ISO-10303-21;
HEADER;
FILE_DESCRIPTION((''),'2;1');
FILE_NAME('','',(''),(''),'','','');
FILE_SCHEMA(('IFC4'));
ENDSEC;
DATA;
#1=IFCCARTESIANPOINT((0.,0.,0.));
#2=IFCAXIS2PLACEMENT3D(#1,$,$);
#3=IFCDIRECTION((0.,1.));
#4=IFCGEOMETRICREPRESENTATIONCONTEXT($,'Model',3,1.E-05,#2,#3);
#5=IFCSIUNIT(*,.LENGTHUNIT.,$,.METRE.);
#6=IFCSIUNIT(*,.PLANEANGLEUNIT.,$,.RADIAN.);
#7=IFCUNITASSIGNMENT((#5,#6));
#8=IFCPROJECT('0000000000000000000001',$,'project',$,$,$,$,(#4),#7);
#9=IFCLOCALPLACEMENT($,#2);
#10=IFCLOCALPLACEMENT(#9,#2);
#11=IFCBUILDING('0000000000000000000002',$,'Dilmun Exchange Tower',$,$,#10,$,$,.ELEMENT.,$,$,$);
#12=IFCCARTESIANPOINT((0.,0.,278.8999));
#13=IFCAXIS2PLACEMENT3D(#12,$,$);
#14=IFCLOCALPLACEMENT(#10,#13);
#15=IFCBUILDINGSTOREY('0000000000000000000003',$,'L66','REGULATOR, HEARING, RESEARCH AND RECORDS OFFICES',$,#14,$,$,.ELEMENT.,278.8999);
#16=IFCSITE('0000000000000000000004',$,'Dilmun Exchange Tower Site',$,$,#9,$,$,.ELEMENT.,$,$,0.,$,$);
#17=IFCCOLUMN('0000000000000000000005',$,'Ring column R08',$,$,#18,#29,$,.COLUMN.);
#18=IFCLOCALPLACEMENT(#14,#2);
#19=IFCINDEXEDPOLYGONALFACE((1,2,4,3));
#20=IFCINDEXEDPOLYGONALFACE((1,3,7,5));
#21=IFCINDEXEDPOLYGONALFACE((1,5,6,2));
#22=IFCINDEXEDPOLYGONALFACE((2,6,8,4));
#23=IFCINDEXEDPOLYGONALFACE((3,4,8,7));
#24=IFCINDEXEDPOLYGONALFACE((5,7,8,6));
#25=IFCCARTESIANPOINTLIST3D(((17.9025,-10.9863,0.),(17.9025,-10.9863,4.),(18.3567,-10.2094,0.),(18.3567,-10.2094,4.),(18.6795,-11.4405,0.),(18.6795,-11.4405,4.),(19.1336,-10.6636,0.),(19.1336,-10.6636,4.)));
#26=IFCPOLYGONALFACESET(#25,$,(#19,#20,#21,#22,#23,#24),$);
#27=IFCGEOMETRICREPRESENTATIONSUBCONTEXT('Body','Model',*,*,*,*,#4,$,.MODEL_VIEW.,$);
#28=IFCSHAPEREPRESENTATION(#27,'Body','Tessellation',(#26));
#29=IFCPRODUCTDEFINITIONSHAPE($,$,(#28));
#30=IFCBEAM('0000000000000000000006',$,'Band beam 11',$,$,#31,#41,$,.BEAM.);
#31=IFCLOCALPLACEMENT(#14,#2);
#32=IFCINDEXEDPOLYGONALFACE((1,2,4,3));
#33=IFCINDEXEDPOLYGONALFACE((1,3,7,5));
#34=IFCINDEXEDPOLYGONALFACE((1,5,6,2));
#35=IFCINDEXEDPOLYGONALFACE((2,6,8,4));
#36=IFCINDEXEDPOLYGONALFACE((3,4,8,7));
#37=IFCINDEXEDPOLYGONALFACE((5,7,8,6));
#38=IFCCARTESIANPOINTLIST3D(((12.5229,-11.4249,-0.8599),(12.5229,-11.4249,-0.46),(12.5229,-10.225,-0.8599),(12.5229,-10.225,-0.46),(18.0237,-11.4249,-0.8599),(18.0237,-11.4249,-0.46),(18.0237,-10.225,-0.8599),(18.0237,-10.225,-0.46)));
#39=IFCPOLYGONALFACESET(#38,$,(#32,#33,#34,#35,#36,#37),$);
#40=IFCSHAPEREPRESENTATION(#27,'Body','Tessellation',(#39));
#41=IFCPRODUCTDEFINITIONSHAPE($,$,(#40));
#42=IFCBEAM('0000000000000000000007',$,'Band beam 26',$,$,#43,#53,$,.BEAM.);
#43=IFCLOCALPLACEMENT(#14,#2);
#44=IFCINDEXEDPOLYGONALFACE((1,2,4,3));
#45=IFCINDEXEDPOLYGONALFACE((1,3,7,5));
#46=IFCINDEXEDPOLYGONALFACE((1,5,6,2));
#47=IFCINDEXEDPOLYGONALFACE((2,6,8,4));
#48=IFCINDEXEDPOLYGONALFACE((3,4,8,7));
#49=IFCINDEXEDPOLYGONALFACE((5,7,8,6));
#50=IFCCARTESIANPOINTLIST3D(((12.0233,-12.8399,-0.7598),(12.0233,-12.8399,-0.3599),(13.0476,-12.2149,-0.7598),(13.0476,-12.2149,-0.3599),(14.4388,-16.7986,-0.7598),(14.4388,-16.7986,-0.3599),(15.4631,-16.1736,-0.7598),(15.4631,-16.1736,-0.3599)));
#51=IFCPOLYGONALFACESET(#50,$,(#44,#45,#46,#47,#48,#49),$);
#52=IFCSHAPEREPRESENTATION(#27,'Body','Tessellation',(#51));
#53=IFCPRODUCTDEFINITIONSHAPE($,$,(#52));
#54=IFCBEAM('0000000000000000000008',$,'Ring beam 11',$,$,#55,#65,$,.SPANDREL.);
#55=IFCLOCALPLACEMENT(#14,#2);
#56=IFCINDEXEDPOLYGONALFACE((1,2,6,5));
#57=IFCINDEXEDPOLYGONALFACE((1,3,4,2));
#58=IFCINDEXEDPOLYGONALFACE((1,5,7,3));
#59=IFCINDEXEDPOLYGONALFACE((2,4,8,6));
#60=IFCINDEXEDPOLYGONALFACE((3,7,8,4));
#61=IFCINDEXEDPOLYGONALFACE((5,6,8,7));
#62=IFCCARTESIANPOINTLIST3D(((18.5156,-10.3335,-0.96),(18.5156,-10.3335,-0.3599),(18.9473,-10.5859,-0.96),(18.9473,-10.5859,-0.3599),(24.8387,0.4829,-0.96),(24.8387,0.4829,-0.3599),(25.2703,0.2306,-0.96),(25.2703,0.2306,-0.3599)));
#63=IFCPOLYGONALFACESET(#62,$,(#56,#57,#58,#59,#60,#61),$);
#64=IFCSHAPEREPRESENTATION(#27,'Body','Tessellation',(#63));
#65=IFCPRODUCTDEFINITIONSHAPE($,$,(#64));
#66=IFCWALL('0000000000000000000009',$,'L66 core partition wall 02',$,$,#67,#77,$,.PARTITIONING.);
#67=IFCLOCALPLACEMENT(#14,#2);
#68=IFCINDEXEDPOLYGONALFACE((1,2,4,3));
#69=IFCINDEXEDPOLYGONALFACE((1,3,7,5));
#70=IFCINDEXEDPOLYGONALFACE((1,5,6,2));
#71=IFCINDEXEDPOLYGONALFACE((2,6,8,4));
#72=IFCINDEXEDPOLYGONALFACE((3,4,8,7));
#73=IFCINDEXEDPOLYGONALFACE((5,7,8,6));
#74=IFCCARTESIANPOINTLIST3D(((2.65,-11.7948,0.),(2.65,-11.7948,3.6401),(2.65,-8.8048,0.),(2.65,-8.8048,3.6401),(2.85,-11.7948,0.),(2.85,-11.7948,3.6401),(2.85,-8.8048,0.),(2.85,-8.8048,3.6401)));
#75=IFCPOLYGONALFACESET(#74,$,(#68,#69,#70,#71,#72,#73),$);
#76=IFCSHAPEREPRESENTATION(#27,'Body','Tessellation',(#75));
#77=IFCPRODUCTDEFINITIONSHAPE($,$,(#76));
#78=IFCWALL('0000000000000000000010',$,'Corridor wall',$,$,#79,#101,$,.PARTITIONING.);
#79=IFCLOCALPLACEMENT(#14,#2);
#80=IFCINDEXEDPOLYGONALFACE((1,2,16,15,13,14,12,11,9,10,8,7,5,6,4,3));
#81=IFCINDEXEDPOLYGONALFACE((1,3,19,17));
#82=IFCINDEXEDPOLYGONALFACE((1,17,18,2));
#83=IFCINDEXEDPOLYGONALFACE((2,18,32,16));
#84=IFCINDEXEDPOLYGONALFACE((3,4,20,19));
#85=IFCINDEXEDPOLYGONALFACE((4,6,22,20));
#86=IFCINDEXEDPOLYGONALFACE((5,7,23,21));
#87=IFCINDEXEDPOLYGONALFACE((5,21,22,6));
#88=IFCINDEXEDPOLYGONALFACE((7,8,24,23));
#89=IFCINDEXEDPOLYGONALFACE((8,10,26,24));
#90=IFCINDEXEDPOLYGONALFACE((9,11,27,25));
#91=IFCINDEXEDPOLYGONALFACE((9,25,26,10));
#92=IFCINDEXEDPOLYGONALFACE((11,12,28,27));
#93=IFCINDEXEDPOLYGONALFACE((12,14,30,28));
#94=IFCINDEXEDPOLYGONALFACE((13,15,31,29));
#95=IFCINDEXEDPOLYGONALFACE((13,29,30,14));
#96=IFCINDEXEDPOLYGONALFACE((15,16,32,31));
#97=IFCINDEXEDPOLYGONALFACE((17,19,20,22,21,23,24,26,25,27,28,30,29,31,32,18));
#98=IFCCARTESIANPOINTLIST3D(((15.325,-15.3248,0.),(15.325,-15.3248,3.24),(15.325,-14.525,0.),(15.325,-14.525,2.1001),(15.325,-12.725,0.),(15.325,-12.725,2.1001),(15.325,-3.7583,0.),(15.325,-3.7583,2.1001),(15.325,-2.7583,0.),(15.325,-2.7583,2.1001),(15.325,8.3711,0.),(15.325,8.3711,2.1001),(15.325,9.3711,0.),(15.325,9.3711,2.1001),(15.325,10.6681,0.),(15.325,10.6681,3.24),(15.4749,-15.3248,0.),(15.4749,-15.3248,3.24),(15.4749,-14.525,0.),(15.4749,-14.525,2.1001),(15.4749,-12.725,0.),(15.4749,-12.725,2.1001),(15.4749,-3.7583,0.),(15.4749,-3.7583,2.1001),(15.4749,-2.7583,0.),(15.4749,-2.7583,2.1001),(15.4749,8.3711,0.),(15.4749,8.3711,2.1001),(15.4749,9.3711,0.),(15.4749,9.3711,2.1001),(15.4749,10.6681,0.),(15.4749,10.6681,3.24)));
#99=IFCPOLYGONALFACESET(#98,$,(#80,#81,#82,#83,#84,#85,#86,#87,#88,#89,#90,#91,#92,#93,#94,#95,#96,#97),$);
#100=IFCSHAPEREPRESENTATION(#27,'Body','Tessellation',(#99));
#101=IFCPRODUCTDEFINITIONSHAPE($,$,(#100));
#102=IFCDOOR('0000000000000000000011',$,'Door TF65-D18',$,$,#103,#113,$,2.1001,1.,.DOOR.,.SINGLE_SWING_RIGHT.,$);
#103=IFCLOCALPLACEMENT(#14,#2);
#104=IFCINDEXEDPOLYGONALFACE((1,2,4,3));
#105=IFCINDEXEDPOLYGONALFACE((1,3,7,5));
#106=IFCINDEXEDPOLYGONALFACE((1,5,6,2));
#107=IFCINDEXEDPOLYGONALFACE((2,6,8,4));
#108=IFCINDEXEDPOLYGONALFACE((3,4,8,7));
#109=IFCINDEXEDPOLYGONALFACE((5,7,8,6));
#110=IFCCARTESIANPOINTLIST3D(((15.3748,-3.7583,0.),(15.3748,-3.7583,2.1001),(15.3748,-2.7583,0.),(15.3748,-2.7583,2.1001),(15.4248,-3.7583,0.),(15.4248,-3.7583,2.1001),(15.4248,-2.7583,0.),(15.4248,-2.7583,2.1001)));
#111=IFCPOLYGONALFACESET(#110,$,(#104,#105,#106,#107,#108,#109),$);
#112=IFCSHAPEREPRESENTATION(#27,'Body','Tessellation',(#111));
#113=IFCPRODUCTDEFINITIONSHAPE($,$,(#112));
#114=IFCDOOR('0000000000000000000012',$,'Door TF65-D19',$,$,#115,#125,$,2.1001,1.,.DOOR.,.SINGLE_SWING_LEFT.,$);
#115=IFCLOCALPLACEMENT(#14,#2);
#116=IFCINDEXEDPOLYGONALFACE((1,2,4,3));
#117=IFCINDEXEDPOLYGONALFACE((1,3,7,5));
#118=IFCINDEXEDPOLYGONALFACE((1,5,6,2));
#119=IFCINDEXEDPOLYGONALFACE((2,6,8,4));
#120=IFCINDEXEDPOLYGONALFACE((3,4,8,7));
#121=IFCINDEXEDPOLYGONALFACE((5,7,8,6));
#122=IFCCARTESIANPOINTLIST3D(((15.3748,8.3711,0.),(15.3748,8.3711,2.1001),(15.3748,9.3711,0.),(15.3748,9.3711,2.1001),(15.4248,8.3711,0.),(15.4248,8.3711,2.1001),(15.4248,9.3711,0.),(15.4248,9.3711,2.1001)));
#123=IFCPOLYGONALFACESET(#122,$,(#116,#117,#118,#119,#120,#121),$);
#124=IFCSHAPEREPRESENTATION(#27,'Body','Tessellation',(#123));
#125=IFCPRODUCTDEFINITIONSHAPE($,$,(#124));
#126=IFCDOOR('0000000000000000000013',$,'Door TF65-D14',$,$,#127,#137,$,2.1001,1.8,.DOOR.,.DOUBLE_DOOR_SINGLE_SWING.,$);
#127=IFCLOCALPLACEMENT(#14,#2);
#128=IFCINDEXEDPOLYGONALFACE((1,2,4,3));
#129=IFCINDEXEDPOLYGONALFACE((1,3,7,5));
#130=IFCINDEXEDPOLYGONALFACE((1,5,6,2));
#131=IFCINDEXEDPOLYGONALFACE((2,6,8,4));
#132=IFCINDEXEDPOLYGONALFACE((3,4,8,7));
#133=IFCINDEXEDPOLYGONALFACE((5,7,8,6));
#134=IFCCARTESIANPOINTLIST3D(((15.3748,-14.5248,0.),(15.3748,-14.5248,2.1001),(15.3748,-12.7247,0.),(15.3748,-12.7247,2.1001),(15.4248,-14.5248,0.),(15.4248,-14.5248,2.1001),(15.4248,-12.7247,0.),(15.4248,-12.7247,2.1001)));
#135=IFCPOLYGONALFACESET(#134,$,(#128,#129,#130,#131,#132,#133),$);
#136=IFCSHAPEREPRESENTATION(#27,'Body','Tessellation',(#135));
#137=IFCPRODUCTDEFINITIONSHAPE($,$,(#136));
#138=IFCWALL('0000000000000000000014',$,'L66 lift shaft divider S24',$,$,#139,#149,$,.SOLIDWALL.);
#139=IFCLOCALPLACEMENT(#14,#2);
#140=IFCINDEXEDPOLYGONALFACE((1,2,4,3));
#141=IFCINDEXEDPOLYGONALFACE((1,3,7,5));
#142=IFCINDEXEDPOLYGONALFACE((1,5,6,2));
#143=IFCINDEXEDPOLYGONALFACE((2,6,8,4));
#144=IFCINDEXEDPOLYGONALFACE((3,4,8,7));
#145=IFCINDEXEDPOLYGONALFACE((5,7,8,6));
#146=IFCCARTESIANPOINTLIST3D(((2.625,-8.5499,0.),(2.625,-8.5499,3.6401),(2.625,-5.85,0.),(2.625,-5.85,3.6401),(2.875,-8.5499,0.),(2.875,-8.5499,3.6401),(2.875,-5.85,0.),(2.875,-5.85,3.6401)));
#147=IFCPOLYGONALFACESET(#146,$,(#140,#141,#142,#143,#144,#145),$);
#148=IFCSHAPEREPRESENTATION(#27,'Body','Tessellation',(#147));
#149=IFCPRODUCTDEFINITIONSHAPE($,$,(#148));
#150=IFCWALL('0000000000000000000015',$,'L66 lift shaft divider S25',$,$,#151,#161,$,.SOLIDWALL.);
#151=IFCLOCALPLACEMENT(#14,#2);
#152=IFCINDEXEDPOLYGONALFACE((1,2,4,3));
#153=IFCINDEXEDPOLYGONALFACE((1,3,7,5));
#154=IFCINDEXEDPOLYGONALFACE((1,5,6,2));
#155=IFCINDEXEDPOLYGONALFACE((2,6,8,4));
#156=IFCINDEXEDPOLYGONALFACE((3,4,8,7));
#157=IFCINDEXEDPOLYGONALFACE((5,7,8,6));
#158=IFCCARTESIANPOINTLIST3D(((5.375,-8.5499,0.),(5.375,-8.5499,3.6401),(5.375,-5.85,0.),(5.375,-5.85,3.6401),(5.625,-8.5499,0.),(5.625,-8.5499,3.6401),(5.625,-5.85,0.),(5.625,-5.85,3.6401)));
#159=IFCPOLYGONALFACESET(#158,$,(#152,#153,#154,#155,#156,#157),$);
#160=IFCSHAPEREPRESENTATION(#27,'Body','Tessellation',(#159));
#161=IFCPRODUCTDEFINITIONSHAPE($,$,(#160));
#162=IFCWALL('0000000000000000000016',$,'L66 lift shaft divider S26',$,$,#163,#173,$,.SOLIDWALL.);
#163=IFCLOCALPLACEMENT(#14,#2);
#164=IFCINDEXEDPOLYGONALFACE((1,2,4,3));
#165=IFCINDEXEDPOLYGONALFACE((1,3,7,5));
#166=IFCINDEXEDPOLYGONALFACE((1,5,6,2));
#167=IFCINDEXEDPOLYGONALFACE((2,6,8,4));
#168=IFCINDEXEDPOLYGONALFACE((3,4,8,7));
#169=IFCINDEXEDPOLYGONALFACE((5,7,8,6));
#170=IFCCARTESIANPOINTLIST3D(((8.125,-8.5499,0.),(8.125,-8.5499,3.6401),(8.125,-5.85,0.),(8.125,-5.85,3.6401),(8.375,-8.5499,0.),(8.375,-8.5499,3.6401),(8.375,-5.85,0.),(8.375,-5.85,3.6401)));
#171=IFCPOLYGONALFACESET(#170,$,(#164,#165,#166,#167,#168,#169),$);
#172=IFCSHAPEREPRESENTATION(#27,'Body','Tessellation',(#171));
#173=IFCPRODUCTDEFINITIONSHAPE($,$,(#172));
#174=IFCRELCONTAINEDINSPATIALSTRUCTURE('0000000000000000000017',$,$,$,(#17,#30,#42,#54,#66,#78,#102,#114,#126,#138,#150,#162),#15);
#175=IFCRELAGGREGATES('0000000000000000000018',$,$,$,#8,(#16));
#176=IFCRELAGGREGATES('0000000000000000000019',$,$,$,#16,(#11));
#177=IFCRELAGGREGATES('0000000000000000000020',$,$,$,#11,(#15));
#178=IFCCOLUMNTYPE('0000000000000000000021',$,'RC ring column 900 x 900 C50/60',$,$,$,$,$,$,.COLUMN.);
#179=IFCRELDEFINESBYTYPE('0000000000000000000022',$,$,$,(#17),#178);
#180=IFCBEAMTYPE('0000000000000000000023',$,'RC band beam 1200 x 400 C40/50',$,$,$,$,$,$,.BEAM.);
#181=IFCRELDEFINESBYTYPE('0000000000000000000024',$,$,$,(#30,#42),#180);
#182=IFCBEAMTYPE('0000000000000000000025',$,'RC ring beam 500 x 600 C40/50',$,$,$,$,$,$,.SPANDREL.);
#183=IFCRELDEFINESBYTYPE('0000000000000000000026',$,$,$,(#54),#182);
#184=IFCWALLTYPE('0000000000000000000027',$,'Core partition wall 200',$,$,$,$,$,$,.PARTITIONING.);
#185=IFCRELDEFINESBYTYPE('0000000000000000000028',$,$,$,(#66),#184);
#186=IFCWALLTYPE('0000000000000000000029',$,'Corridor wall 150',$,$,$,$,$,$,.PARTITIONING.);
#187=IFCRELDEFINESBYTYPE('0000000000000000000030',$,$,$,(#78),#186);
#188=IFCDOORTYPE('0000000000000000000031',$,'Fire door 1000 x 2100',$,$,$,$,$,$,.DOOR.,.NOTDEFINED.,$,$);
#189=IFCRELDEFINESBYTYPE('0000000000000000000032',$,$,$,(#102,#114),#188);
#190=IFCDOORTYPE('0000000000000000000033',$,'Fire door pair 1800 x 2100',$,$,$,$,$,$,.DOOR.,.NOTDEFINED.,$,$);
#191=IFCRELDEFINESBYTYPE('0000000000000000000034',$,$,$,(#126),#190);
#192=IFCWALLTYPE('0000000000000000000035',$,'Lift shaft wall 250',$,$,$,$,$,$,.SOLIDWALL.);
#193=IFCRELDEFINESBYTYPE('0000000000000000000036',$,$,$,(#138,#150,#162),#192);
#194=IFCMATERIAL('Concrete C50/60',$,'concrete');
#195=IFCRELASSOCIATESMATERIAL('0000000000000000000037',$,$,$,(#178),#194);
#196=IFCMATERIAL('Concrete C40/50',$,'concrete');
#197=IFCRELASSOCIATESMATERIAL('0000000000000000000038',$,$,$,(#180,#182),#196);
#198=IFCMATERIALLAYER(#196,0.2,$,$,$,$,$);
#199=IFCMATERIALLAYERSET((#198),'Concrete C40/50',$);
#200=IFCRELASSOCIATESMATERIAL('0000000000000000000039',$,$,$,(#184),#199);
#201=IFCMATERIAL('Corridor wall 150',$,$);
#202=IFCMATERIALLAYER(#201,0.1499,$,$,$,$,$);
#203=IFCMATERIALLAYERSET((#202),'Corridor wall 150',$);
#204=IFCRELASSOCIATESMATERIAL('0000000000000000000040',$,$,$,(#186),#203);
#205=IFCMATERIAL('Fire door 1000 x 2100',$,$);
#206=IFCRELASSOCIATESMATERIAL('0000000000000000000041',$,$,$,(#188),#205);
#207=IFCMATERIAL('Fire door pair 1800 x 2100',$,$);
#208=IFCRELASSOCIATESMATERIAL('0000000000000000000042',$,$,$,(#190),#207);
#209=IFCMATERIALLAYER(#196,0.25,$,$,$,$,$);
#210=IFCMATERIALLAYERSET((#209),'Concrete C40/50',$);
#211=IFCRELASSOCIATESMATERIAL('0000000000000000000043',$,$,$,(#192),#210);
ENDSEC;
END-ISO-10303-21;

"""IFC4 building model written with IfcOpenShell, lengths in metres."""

from ifc_helpers import new_model, si_unit, direction, frame, frame_2d, origin, origin_2d, place, context, subcontext, project, spatial, rectangle, extrude, material, layer, layer_set, material_profile, profile_set, type_object, element, fill, save


model = new_model("IFC4")

# Units and contexts
model_context = context("Model", 3, precision=1e-05, world=origin(), true_north=direction((0.0, 1.0)))
body_context = subcontext(model_context, "Body", "Model", "MODEL_VIEW")
ifc_project = project(units=[si_unit("LENGTHUNIT", "METRE"), si_unit("PLANEANGLEUNIT", "RADIAN")], contexts=[model_context])

# Site, building, storey
site_placement = place(None, origin())
site = spatial("IfcSite", under=ifc_project, at=site_placement, Name="Dilmun Exchange Tower Site", CompositionType="ELEMENT", RefElevation=0.0)
building_placement = place(site_placement, origin())
building = spatial("IfcBuilding", under=site, at=building_placement, Name="Dilmun Exchange Tower", CompositionType="ELEMENT")
storey_placement = place(building_placement, frame((0.0, 0.0, 278.8999)))
storey = spatial("IfcBuildingStorey", under=building, at=storey_placement, Name="L66", Description="REGULATOR, HEARING, RESEARCH AND RECORDS OFFICES", CompositionType="ELEMENT", Elevation=278.8999)

# Column
ifc_material_1 = material(Name="Concrete C50/60", Category="concrete")
ifc_material_profile_1 = material_profile(ifc_material_1, rectangle(XDim=0.8999, YDim=0.8999, at=origin_2d()), Name="900 x 900")
ifc_profile_set_1 = profile_set([ifc_material_profile_1], Name="Concrete C50/60")
column_type = type_object("IfcColumnType", Name="RC ring column 900 x 900 C50/60", PredefinedType="COLUMN", material=ifc_profile_set_1)
column_placement = place(storey_placement, frame((18.5181, -10.825, 0.0), z_axis=(0.0, 0.0, 1.0), x_axis=(0.504644, 0.863328, 0.0)))
element("IfcColumn", 1, at=column_placement, inside=storey, type_object=column_type, Name="Ring column R08", PredefinedType="COLUMN", context=body_context, shape_type="SweptSolid", body=[
    extrude(rectangle(XDim=0.8999, YDim=0.8999, at=origin_2d()), origin(), (0.0, 0.0, 1.0), 4.0),
])

# Beams
ifc_material_2 = material(Name="Concrete C40/50", Category="concrete")
ifc_material_profile_2 = material_profile(ifc_material_2, rectangle(XDim=1.2, YDim=0.3999, at=origin_2d()), Name="1200 x 400")
ifc_profile_set_2 = profile_set([ifc_material_profile_2], Name="Concrete C40/50")
beam_type_1 = type_object("IfcBeamType", Name="RC band beam 1200 x 400 C40/50", PredefinedType="BEAM", material=ifc_profile_set_2)
beam_1_placement = place(storey_placement, frame((18.0237, -10.825, -0.6599), z_axis=(-1.0, 0.0, 0.0), x_axis=(0.0, -1.0, 0.0)))
element("IfcBeam", 2, at=beam_1_placement, inside=storey, type_object=beam_type_1, Name="Band beam 11", PredefinedType="BEAM", context=body_context, shape_type="SweptSolid", body=[
    extrude(rectangle(XDim=1.2, YDim=0.3999, at=origin_2d()), origin(), (0.0, 0.0, 1.0), 5.5007),
])
beam_2_placement = place(storey_placement, frame((14.9509, -16.4861, -0.5598), z_axis=(-0.520869, 0.853637, 0.0), x_axis=(-0.853637, -0.520869, 0.0)))
element("IfcBeam", 3, at=beam_2_placement, inside=storey, type_object=beam_type_1, Name="Band beam 26", PredefinedType="BEAM", context=body_context, shape_type="SweptSolid", body=[
    extrude(rectangle(XDim=1.2, YDim=0.3999, at=origin_2d()), origin(), (0.0, 0.0, 1.0), 4.6375),
])
ifc_material_profile_3 = material_profile(ifc_material_2, rectangle(XDim=0.5, YDim=0.6001, at=origin_2d()), Name="500 x 600")
ifc_profile_set_3 = profile_set([ifc_material_profile_3], Name="Concrete C40/50")
beam_type_2 = type_object("IfcBeamType", Name="RC ring beam 500 x 600 C40/50", PredefinedType="SPANDREL", material=ifc_profile_set_3)
beam_3_placement = place(storey_placement, frame((18.7314, -10.4597, -0.6599), z_axis=(0.50467, 0.863312, 0.0), x_axis=(-0.863312, 0.50467, 0.0)))
element("IfcBeam", 4, at=beam_3_placement, inside=storey, type_object=beam_type_2, Name="Ring beam 11", PredefinedType="SPANDREL", context=body_context, shape_type="SweptSolid", body=[
    extrude(rectangle(XDim=0.5, YDim=0.6001, at=origin_2d()), origin(), (0.0, 0.0, 1.0), 12.5291),
])

# Wall
ifc_layer_1 = layer(ifc_material_2, 0.2)
ifc_layer_set_1 = layer_set([ifc_layer_1], Name="Concrete C40/50")
wall_type_1 = type_object("IfcWallType", Name="Core partition wall 200", PredefinedType="PARTITIONING", material=ifc_layer_set_1)
wall_1_placement = place(storey_placement, frame((2.75, -11.7949, 0.0), z_axis=(0.0, 0.0, 1.0), x_axis=(0.0, 1.0, 0.0)))
element("IfcWall", 5, at=wall_1_placement, inside=storey, type_object=wall_type_1, Name="L66 core partition wall 02", PredefinedType="PARTITIONING", context=body_context, shape_type="SweptSolid", body=[
    extrude(rectangle(XDim=2.99, YDim=0.2, at=frame_2d((1.4951, 0.0))), origin(), (0.0, 0.0, 1.0), 3.6401),
])

# Wall, openings, doors
ifc_material_3 = material(Name="Corridor wall 150")
ifc_layer_2 = layer(ifc_material_3, 0.1499)
ifc_layer_set_2 = layer_set([ifc_layer_2], Name="Corridor wall 150")
wall_type_2 = type_object("IfcWallType", Name="Corridor wall 150", PredefinedType="PARTITIONING", material=ifc_layer_set_2)
wall_2_placement = place(storey_placement, frame((15.3999, -15.325, 0.0), z_axis=(0.0, 0.0, 1.0), x_axis=(0.0, 1.0, 0.0)))
wall_2 = element("IfcWall", 6, at=wall_2_placement, inside=storey, type_object=wall_type_2, Name="Corridor wall", PredefinedType="PARTITIONING", context=body_context, shape_type="SweptSolid", body=[
    extrude(rectangle(XDim=25.9929, YDim=0.1499, at=frame_2d((12.9966, 0.0))), origin(), (0.0, 0.0, 1.0), 3.24),
])
opening_1_placement = place(wall_2_placement, frame((0.8, 0.0, 0.0)))
opening_1 = element("IfcOpeningElement", 7, at=opening_1_placement, cuts=wall_2, PredefinedType="OPENING", context=body_context, shape_type="SweptSolid", body=[
    extrude(rectangle(XDim=1.8, YDim=2.1001, at=frame_2d((0.8999, 1.05))), frame((0.0, 0.085, 0.0), z_axis=(0.0, -1.0, 0.0), x_axis=(1.0, 0.0, 0.0)), (0.0, 0.0, 1.0), 0.1699),
])
opening_2_placement = place(wall_2_placement, frame((11.5667, 0.0, 0.0)))
opening_2 = element("IfcOpeningElement", 8, at=opening_2_placement, cuts=wall_2, PredefinedType="OPENING", context=body_context, shape_type="SweptSolid", body=[
    extrude(rectangle(XDim=1.0, YDim=2.1001, at=frame_2d((0.5, 1.05))), frame((0.0, 0.085, 0.0), z_axis=(0.0, -1.0, 0.0), x_axis=(1.0, 0.0, 0.0)), (0.0, 0.0, 1.0), 0.1699),
])
opening_3_placement = place(wall_2_placement, frame((23.696, 0.0, 0.0)))
opening_3 = element("IfcOpeningElement", 9, at=opening_3_placement, cuts=wall_2, PredefinedType="OPENING", context=body_context, shape_type="SweptSolid", body=[
    extrude(rectangle(XDim=1.0, YDim=2.1001, at=frame_2d((0.5, 1.05))), frame((0.0, 0.085, 0.0), z_axis=(0.0, -1.0, 0.0), x_axis=(1.0, 0.0, 0.0)), (0.0, 0.0, 1.0), 0.1699),
])
ifc_material_4 = material(Name="Fire door 1000 x 2100")
door_type_1 = type_object("IfcDoorType", Name="Fire door 1000 x 2100", OperationType="NOTDEFINED", PredefinedType="DOOR", material=ifc_material_4)
door_1_placement = place(opening_2_placement, frame((1.0, 0.0, 0.0), z_axis=(0.0, 0.0, 1.0), x_axis=(-1.0, 0.0, 0.0)))
door_1 = element("IfcDoor", 10, at=door_1_placement, inside=storey, type_object=door_type_1, Name="Door TF65-D18", OperationType="SINGLE_SWING_RIGHT", OverallHeight=2.1001, OverallWidth=1.0, PredefinedType="DOOR", context=body_context, shape_type="SweptSolid", body=[
    extrude(rectangle(XDim=1.0, YDim=2.1001, at=frame_2d((0.5, 1.05))), frame((0.0, 0.0249, 0.0), z_axis=(0.0, -1.0, 0.0), x_axis=(1.0, 0.0, 0.0)), (0.0, 0.0, 1.0), 0.05),
])
fill(opening_2, door_1)
door_2_placement = place(opening_3_placement, frame((1.0, 0.0, 0.0), z_axis=(0.0, 0.0, 1.0), x_axis=(-1.0, 0.0, 0.0)))
door_2 = element("IfcDoor", 11, at=door_2_placement, inside=storey, type_object=door_type_1, Name="Door TF65-D19", OperationType="SINGLE_SWING_LEFT", OverallHeight=2.1001, OverallWidth=1.0, PredefinedType="DOOR", context=body_context, shape_type="SweptSolid", body=[
    extrude(rectangle(XDim=1.0, YDim=2.1001, at=frame_2d((0.5, 1.05))), frame((0.0, 0.0249, 0.0), z_axis=(0.0, -1.0, 0.0), x_axis=(1.0, 0.0, 0.0)), (0.0, 0.0, 1.0), 0.05),
])
fill(opening_3, door_2)
ifc_material_5 = material(Name="Fire door pair 1800 x 2100")
door_type_2 = type_object("IfcDoorType", Name="Fire door pair 1800 x 2100", OperationType="NOTDEFINED", PredefinedType="DOOR", material=ifc_material_5)
door_3_placement = place(opening_1_placement, frame((1.8, 0.0, 0.0), z_axis=(0.0, 0.0, 1.0), x_axis=(-1.0, 0.0, 0.0)))
door_3 = element("IfcDoor", 12, at=door_3_placement, inside=storey, type_object=door_type_2, Name="Door TF65-D14", OperationType="DOUBLE_DOOR_SINGLE_SWING", OverallHeight=2.1001, OverallWidth=1.8, PredefinedType="DOOR", context=body_context, shape_type="SweptSolid", body=[
    extrude(rectangle(XDim=1.8, YDim=2.1001, at=frame_2d((0.8999, 1.05))), frame((0.0, 0.0249, 0.0), z_axis=(0.0, -1.0, 0.0), x_axis=(1.0, 0.0, 0.0)), (0.0, 0.0, 1.0), 0.05),
])
fill(opening_1, door_3)

# Walls
ifc_layer_3 = layer(ifc_material_2, 0.25)
ifc_layer_set_3 = layer_set([ifc_layer_3], Name="Concrete C40/50")
wall_type_3 = type_object("IfcWallType", Name="Lift shaft wall 250", PredefinedType="SOLIDWALL", material=ifc_layer_set_3)
for number, where, z_axis, x_axis, name in (
    (13, (2.75, -8.55, 0.0), (0.0, 0.0, 1.0), (0.0, 1.0, 0.0), "L66 lift shaft divider S24"),
    (14, (5.5, -8.55, 0.0), (0.0, 0.0, 1.0), (0.0, 1.0, 0.0), "L66 lift shaft divider S25"),
    (15, (8.25, -8.55, 0.0), (0.0, 0.0, 1.0), (0.0, 1.0, 0.0), "L66 lift shaft divider S26"),
):
    element("IfcWall", number, at=place(storey_placement, frame(where, z_axis=z_axis, x_axis=x_axis)), inside=storey, type_object=wall_type_3, Name=name, PredefinedType="SOLIDWALL", context=body_context, shape_type="SweptSolid", body=[
        extrude(rectangle(XDim=2.7, YDim=0.25, at=frame_2d((1.3501, 0.0))), origin(), (0.0, 0.0, 1.0), 3.6401),
    ])

save(model, "model.ifc")
